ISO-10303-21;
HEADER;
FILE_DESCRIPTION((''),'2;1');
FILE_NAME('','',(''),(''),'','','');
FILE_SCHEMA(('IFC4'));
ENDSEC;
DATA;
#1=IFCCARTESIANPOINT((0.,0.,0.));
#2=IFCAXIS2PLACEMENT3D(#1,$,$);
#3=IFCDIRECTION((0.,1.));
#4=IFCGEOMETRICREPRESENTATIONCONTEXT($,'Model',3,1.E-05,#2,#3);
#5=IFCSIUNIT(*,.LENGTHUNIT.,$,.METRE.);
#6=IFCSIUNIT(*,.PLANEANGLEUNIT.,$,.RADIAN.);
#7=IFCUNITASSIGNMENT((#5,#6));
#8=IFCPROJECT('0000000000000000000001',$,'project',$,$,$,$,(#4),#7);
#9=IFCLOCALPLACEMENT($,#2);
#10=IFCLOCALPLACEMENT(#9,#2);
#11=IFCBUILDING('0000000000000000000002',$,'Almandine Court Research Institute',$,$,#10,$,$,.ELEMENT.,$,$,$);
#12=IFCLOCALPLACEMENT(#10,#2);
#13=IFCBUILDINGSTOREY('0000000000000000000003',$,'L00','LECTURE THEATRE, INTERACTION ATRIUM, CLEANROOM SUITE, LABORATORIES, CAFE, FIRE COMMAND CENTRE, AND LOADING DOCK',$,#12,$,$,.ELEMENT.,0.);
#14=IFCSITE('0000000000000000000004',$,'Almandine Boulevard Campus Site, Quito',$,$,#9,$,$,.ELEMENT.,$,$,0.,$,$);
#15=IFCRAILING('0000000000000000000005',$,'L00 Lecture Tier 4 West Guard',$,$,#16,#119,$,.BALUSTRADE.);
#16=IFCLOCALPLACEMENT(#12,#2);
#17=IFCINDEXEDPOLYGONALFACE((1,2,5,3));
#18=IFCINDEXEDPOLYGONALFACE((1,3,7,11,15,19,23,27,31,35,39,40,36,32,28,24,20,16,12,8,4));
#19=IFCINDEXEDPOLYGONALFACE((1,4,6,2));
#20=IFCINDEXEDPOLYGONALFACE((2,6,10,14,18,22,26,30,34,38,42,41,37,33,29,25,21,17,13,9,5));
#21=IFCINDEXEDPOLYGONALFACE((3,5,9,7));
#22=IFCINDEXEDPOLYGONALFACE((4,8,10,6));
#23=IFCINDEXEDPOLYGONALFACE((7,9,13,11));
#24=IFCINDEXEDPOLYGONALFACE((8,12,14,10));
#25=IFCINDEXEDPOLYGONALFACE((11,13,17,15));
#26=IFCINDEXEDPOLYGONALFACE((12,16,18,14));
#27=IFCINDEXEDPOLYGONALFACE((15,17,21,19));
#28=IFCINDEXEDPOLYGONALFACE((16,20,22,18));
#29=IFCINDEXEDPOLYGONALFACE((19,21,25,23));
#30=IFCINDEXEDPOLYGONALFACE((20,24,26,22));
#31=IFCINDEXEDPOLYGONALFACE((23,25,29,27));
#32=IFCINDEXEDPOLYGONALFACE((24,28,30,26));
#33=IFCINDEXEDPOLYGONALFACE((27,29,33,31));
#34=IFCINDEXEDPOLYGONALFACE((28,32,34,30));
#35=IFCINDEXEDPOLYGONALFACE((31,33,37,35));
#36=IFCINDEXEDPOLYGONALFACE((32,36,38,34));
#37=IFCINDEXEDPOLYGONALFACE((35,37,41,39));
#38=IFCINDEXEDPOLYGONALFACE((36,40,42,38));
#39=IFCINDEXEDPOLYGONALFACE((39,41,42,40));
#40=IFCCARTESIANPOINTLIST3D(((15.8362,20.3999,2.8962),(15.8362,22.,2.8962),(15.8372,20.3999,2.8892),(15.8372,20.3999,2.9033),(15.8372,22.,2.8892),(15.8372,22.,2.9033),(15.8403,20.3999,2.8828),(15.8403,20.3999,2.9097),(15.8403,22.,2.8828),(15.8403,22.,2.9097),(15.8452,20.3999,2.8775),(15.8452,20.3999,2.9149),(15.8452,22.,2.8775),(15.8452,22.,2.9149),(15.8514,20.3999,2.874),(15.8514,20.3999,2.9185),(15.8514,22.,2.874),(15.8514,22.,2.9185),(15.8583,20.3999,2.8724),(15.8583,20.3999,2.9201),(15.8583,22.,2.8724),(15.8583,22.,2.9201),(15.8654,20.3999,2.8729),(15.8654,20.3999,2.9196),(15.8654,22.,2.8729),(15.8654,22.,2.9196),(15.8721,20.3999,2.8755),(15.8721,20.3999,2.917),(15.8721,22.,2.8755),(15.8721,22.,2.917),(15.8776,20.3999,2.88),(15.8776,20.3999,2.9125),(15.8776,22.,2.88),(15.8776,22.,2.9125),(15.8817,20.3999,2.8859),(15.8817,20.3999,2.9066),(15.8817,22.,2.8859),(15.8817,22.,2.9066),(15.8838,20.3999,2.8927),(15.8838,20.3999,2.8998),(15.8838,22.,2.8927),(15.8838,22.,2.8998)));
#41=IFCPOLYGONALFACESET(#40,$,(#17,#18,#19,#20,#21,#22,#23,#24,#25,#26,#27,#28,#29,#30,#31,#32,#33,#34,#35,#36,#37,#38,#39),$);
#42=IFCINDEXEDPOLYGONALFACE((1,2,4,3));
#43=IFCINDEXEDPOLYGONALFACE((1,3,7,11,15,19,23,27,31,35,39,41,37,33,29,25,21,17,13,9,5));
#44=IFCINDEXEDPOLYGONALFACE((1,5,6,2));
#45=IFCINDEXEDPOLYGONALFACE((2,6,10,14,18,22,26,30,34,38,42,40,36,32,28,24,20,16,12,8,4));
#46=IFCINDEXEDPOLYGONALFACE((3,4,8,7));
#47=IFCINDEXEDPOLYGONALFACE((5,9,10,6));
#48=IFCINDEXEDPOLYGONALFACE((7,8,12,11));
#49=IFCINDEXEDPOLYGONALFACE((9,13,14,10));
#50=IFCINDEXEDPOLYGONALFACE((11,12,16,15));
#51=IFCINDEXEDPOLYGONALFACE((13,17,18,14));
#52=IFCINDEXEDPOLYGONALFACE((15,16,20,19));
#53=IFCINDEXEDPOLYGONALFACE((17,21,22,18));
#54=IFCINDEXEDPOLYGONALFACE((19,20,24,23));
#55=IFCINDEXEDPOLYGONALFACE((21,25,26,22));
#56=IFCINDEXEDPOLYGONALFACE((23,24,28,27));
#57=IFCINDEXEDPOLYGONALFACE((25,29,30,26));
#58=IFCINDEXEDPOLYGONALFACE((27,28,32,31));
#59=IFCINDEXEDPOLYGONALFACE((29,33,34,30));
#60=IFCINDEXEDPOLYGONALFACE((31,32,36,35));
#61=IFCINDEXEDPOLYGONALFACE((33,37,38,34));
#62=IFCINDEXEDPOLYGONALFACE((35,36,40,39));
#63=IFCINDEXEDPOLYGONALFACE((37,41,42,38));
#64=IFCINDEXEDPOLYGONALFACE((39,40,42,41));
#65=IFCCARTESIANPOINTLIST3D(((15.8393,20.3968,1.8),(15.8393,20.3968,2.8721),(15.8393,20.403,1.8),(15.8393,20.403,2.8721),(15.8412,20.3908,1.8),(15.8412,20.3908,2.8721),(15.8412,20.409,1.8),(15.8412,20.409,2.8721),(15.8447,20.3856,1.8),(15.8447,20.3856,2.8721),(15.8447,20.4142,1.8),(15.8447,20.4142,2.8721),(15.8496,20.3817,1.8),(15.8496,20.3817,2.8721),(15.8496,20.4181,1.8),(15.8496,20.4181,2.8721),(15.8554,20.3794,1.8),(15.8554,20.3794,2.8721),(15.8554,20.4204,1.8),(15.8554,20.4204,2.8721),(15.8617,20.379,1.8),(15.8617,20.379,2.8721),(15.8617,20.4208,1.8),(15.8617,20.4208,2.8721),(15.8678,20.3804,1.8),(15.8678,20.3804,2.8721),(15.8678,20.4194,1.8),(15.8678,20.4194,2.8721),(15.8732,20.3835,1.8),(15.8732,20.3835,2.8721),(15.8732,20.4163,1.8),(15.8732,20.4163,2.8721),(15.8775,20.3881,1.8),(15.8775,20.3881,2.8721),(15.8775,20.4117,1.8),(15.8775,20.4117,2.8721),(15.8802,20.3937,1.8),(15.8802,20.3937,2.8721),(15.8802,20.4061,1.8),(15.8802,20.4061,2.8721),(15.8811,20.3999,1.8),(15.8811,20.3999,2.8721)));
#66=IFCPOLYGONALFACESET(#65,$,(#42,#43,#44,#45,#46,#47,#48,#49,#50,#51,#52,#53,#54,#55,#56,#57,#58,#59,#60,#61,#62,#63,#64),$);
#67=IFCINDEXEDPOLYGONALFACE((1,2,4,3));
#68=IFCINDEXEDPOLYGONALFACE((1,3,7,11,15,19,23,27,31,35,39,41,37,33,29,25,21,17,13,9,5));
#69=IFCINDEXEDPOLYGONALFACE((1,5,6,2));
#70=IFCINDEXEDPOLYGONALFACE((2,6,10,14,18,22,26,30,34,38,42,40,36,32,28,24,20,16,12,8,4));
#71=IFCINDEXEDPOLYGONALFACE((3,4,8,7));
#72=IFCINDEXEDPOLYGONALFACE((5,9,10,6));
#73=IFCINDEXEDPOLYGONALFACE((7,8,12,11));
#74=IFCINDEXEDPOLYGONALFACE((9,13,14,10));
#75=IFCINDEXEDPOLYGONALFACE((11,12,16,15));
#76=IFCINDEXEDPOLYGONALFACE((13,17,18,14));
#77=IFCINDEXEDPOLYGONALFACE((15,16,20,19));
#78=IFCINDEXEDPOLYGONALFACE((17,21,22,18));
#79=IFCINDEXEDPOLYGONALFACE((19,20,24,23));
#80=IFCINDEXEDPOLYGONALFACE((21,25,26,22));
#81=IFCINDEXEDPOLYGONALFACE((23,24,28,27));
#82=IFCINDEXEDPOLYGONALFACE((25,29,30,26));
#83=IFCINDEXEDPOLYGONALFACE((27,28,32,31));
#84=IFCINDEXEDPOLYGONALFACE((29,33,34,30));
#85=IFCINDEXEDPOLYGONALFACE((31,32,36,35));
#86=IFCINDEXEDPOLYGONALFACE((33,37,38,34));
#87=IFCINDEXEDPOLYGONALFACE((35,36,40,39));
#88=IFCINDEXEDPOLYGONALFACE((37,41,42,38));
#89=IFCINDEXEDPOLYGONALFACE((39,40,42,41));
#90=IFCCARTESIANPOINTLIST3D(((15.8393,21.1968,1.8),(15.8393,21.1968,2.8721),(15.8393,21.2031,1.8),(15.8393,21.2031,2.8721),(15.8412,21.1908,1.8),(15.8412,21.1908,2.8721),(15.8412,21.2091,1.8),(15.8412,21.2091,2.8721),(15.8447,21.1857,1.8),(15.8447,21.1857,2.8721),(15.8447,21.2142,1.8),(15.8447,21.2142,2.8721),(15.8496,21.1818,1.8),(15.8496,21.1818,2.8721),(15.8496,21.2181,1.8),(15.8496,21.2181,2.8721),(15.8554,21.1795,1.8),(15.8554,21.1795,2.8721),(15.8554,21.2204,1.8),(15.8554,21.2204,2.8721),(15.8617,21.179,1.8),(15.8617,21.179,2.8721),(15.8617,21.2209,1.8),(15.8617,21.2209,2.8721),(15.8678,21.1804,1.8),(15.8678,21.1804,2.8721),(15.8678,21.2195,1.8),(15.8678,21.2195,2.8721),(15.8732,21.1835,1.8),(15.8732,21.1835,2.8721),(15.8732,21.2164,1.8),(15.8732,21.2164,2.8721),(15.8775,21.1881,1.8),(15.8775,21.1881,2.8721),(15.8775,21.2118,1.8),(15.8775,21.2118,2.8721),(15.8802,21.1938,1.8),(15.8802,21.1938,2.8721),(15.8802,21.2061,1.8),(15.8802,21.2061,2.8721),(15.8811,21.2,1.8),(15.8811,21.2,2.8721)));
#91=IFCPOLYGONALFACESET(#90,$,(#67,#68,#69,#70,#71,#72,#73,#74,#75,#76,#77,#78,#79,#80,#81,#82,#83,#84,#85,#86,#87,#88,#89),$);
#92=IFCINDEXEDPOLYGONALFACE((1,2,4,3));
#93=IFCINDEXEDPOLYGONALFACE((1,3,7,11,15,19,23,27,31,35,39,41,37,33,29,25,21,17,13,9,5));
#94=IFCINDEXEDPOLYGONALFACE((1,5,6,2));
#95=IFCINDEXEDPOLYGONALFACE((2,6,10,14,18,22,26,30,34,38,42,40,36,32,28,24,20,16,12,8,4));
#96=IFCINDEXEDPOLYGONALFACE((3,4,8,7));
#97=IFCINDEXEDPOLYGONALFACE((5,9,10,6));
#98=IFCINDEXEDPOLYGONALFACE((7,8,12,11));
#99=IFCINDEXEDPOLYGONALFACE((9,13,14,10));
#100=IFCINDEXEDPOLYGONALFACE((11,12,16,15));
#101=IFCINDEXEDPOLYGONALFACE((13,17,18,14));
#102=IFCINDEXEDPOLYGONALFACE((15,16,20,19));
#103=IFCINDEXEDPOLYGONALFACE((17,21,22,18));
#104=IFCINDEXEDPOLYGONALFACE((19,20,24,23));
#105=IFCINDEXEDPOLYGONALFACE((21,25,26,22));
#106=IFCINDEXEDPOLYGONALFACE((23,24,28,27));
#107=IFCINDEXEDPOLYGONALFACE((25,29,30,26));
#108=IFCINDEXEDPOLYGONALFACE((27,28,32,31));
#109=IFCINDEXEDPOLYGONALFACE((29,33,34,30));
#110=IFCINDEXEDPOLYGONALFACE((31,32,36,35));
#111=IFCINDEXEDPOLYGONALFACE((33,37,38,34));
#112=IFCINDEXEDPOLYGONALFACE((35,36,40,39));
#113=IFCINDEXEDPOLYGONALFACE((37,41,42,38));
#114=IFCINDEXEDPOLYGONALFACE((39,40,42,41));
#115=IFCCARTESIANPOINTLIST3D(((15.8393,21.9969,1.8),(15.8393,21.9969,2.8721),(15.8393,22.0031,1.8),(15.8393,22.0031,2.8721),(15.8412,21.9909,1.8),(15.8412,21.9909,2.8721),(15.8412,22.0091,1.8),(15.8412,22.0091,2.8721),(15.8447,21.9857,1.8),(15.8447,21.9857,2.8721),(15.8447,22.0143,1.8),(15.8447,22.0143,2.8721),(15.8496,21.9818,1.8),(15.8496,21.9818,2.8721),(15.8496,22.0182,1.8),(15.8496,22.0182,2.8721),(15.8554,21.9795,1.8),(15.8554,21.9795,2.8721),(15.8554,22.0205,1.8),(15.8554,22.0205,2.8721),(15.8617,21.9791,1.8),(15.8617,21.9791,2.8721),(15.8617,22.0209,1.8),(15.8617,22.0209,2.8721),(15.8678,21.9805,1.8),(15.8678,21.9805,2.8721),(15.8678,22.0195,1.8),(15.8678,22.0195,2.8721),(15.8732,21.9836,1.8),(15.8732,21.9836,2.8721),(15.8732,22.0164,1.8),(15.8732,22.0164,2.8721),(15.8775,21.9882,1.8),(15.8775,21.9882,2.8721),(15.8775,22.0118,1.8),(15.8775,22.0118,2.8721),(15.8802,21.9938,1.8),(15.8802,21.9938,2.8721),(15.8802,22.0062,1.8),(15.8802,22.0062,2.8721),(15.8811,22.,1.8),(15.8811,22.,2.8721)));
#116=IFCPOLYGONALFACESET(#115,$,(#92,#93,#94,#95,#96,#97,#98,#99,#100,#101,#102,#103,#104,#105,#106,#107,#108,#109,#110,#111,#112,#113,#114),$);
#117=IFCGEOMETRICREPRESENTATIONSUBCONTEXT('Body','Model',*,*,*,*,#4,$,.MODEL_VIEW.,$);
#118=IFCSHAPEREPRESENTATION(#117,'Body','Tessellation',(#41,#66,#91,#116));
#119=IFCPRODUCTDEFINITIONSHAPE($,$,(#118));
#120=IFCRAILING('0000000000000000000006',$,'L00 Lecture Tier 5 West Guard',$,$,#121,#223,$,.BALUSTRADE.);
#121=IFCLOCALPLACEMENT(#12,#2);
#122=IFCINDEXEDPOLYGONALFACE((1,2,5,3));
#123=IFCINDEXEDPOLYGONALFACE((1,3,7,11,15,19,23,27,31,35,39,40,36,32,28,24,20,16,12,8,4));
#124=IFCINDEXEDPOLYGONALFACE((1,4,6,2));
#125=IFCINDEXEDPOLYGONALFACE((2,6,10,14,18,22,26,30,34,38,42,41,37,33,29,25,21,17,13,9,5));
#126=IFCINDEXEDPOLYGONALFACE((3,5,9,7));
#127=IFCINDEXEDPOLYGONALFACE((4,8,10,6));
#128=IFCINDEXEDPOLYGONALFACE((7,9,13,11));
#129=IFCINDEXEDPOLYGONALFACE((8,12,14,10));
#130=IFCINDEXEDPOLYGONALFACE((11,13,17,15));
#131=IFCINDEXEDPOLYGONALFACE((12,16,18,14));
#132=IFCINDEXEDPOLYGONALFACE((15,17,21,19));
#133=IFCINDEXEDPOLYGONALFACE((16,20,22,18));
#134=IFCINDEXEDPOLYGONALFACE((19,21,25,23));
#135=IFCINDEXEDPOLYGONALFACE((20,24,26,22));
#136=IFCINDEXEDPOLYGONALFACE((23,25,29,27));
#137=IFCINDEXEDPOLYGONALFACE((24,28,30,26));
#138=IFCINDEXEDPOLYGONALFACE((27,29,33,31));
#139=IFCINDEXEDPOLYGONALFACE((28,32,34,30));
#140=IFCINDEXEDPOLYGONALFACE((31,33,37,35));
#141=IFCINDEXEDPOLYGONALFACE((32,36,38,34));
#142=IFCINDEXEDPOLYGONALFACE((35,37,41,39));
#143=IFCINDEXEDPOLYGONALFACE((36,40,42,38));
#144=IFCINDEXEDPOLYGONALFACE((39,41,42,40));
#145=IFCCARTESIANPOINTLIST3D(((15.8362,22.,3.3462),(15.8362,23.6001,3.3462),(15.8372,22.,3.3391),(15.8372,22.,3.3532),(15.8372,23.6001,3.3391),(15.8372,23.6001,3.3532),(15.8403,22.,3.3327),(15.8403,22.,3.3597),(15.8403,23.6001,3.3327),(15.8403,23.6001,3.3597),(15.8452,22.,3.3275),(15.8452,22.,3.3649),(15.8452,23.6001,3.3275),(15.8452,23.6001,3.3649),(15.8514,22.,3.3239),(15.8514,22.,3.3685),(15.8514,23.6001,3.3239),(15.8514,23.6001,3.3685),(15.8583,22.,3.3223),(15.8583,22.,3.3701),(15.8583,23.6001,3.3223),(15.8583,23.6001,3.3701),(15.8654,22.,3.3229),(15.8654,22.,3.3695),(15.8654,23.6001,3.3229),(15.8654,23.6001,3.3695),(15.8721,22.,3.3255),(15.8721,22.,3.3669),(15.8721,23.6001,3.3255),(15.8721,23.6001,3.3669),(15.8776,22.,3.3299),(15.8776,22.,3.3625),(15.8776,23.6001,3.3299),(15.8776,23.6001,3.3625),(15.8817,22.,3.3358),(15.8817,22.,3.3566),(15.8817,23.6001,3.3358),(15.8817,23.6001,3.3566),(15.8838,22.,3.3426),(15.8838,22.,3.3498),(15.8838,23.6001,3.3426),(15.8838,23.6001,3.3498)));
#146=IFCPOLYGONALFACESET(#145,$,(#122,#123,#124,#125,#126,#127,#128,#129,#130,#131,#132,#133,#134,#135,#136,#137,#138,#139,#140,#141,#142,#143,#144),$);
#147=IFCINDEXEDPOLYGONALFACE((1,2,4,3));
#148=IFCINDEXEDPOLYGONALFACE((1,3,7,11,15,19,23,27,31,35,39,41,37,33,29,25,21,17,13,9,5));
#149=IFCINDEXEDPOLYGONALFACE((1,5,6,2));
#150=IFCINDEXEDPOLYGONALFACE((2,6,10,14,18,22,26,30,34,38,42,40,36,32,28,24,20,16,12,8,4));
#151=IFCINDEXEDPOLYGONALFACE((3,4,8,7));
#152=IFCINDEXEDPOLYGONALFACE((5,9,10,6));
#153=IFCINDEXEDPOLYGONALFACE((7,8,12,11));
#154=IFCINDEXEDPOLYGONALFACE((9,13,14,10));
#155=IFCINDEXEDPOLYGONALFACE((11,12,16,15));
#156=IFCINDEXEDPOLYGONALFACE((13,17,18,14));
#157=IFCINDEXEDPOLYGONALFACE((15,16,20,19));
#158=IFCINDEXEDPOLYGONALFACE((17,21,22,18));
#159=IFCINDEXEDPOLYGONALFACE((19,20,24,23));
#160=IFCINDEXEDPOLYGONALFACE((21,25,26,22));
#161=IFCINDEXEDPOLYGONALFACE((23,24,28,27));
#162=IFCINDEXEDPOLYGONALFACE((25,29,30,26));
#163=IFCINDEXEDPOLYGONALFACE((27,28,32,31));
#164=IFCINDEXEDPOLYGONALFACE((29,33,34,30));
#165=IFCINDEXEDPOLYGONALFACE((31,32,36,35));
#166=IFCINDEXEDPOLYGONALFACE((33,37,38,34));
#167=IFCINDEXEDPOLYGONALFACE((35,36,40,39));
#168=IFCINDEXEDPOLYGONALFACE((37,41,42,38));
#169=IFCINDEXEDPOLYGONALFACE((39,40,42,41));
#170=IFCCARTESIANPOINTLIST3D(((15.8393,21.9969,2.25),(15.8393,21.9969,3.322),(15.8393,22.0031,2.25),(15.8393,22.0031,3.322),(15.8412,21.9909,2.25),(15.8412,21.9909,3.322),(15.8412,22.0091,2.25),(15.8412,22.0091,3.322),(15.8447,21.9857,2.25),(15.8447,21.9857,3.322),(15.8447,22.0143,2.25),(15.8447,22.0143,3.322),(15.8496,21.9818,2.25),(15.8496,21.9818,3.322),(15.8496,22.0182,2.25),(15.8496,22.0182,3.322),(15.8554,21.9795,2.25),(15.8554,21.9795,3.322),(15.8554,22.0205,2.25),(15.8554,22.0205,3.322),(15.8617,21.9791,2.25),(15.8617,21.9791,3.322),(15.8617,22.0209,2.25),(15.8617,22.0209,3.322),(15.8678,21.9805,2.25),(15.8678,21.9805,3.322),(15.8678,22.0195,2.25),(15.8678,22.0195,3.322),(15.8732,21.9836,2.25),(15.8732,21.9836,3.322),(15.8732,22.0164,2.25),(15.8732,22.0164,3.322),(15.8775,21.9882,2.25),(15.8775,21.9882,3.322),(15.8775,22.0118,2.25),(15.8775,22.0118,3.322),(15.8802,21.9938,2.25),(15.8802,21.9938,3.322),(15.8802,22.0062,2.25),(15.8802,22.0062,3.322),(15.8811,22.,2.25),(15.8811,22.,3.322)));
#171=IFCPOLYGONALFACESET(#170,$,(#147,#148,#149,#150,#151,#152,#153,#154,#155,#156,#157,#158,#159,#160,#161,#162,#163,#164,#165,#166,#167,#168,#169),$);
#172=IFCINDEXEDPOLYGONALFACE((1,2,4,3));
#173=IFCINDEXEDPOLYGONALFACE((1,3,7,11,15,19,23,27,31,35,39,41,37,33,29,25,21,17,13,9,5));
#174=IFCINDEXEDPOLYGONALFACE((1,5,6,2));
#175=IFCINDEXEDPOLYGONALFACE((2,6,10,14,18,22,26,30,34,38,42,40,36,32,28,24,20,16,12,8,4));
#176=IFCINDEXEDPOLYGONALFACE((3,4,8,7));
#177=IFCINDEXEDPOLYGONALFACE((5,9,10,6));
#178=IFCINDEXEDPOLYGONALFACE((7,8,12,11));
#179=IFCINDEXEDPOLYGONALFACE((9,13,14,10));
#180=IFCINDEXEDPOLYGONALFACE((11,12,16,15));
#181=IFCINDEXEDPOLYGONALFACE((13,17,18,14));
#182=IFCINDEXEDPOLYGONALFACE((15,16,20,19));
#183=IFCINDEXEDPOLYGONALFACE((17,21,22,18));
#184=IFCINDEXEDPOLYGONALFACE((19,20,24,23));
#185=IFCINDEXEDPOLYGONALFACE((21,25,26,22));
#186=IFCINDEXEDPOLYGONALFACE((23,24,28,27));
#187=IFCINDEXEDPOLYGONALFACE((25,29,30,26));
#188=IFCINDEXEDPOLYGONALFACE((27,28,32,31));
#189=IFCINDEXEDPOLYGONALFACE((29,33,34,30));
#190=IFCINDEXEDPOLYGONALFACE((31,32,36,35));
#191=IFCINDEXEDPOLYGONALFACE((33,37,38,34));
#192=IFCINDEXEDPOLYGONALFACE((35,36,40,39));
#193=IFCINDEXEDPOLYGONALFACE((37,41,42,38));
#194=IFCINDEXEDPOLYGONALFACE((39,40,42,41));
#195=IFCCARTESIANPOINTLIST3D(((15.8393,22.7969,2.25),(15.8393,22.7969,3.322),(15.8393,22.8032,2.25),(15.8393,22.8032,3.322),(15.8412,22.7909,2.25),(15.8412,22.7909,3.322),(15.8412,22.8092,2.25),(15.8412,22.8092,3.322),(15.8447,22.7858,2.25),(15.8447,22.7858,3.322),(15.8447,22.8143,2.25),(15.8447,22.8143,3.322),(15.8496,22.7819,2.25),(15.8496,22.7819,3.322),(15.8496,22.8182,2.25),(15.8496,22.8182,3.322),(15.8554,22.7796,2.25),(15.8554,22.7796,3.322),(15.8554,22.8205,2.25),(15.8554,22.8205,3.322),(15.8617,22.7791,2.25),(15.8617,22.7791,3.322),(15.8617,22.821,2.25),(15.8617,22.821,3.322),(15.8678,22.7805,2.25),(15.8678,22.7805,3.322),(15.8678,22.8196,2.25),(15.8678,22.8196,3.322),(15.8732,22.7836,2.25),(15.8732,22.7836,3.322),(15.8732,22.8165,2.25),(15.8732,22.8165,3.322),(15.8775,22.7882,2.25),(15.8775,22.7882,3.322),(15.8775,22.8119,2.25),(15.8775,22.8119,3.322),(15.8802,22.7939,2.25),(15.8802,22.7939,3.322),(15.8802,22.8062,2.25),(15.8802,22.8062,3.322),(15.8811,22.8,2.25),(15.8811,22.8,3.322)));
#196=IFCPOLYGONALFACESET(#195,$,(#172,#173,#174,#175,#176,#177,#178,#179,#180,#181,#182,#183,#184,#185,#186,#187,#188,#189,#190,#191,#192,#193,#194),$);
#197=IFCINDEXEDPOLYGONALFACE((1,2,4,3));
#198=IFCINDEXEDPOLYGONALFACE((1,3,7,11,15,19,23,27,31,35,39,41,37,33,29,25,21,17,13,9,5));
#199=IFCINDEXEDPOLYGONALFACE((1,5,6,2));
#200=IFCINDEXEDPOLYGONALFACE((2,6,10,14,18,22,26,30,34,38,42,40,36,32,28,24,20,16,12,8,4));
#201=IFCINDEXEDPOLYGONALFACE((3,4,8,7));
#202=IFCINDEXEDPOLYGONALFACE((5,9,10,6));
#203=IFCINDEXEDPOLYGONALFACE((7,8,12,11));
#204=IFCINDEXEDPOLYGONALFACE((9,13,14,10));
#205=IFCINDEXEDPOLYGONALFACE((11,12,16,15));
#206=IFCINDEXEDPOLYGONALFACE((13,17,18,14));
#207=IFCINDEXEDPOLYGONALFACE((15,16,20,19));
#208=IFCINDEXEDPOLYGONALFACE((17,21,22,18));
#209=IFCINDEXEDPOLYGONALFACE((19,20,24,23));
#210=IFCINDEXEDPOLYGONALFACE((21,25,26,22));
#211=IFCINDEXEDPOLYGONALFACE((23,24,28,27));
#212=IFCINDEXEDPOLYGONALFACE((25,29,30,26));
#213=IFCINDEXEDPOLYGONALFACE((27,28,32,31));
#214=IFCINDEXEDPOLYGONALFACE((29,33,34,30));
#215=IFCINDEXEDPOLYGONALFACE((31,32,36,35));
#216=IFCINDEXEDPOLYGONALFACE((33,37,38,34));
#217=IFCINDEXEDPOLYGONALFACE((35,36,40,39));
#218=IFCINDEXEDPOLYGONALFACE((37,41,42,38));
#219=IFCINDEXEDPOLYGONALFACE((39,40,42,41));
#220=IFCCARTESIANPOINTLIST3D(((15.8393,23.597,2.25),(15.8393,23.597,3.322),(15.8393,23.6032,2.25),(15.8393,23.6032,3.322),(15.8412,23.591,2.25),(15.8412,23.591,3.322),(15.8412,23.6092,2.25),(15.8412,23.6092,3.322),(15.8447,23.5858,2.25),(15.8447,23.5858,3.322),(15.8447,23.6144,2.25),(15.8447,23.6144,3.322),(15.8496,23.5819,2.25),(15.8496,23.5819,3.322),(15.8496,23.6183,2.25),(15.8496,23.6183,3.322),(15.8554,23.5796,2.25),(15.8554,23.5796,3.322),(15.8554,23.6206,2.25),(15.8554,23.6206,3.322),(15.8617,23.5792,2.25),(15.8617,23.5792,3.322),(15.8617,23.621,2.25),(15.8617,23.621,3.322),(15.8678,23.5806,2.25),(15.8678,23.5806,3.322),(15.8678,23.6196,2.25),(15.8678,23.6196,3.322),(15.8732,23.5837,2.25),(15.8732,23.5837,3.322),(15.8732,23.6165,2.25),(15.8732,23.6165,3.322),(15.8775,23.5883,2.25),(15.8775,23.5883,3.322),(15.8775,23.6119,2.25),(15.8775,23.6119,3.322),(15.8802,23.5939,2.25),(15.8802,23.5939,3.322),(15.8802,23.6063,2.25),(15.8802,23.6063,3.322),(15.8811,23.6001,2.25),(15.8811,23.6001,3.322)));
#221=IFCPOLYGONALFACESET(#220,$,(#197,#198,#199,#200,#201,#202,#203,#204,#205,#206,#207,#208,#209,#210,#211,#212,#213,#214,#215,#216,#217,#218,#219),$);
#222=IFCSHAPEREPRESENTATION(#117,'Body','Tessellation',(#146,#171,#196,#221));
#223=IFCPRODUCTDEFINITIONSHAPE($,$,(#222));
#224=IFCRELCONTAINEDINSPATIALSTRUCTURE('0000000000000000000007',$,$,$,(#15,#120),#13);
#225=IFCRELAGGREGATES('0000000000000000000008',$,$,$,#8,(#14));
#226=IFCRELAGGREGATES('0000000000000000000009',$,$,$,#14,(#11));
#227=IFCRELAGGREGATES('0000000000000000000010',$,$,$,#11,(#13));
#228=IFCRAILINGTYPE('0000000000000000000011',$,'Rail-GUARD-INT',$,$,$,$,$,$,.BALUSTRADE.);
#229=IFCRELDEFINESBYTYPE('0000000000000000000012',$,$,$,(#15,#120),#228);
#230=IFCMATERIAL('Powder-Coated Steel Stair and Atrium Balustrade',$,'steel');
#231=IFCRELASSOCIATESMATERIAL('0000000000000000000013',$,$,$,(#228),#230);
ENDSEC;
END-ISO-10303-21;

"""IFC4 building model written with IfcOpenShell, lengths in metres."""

from ifc_helpers import new_model, si_unit, direction, frame, origin, origin_2d, place, context, subcontext, project, spatial, circle, extrude, material, type_object, element, save


model = new_model("IFC4")

# Units and contexts
model_context = context("Model", 3, precision=1e-05, world=origin(), true_north=direction((0.0, 1.0)))
body_context = subcontext(model_context, "Body", "Model", "MODEL_VIEW")
ifc_project = project(units=[si_unit("LENGTHUNIT", "METRE"), si_unit("PLANEANGLEUNIT", "RADIAN")], contexts=[model_context])

# Site, building, storey
site_placement = place(None, origin())
site = spatial("IfcSite", under=ifc_project, at=site_placement, Name="Almandine Boulevard Campus Site, Quito", CompositionType="ELEMENT", RefElevation=0.0)
building_placement = place(site_placement, origin())
building = spatial("IfcBuilding", under=site, at=building_placement, Name="Almandine Court Research Institute", CompositionType="ELEMENT")
storey_placement = place(building_placement, origin())
storey = spatial("IfcBuildingStorey", under=building, at=storey_placement, Name="L00", Description="LECTURE THEATRE, INTERACTION ATRIUM, CLEANROOM SUITE, LABORATORIES, CAFE, FIRE COMMAND CENTRE, AND LOADING DOCK", CompositionType="ELEMENT", Elevation=0.0)

# Railings
ifc_material_1 = material(Name="Powder-Coated Steel Stair and Atrium Balustrade", Category="steel")
railing_type = type_object("IfcRailingType", Name="Rail-GUARD-INT", PredefinedType="BALUSTRADE", material=ifc_material_1)
for number, where, name in (
    (1, (15.8601, 20.3999, 1.8), "L00 Lecture Tier 4 West Guard"),
    (2, (15.8601, 22.0, 2.25), "L00 Lecture Tier 5 West Guard"),
):
    element("IfcRailing", number, at=place(storey_placement, frame(where)), inside=storey, type_object=railing_type, Name=name, PredefinedType="BALUSTRADE", context=body_context, shape_type="SweptSolid", body=[
        extrude(circle(Radius=0.0239, at=origin_2d()), frame((0.0, 0.0, 1.0962), z_axis=(0.0, 1.0, 0.0), x_axis=(-1.0, 0.0, 0.0)), (0.0, 0.0, 1.0), 1.6001),
        extrude(circle(Radius=0.021, at=origin_2d()), origin(), (0.0, 0.0, 1.0), 1.072),
        extrude(circle(Radius=0.021, at=origin_2d()), frame((0.0, 0.8, 0.0)), (0.0, 0.0, 1.0), 1.072),
        extrude(circle(Radius=0.021, at=origin_2d()), frame((0.0, 1.6001, 0.0)), (0.0, 0.0, 1.0), 1.072),
    ])

save(model, "model.ifc")
